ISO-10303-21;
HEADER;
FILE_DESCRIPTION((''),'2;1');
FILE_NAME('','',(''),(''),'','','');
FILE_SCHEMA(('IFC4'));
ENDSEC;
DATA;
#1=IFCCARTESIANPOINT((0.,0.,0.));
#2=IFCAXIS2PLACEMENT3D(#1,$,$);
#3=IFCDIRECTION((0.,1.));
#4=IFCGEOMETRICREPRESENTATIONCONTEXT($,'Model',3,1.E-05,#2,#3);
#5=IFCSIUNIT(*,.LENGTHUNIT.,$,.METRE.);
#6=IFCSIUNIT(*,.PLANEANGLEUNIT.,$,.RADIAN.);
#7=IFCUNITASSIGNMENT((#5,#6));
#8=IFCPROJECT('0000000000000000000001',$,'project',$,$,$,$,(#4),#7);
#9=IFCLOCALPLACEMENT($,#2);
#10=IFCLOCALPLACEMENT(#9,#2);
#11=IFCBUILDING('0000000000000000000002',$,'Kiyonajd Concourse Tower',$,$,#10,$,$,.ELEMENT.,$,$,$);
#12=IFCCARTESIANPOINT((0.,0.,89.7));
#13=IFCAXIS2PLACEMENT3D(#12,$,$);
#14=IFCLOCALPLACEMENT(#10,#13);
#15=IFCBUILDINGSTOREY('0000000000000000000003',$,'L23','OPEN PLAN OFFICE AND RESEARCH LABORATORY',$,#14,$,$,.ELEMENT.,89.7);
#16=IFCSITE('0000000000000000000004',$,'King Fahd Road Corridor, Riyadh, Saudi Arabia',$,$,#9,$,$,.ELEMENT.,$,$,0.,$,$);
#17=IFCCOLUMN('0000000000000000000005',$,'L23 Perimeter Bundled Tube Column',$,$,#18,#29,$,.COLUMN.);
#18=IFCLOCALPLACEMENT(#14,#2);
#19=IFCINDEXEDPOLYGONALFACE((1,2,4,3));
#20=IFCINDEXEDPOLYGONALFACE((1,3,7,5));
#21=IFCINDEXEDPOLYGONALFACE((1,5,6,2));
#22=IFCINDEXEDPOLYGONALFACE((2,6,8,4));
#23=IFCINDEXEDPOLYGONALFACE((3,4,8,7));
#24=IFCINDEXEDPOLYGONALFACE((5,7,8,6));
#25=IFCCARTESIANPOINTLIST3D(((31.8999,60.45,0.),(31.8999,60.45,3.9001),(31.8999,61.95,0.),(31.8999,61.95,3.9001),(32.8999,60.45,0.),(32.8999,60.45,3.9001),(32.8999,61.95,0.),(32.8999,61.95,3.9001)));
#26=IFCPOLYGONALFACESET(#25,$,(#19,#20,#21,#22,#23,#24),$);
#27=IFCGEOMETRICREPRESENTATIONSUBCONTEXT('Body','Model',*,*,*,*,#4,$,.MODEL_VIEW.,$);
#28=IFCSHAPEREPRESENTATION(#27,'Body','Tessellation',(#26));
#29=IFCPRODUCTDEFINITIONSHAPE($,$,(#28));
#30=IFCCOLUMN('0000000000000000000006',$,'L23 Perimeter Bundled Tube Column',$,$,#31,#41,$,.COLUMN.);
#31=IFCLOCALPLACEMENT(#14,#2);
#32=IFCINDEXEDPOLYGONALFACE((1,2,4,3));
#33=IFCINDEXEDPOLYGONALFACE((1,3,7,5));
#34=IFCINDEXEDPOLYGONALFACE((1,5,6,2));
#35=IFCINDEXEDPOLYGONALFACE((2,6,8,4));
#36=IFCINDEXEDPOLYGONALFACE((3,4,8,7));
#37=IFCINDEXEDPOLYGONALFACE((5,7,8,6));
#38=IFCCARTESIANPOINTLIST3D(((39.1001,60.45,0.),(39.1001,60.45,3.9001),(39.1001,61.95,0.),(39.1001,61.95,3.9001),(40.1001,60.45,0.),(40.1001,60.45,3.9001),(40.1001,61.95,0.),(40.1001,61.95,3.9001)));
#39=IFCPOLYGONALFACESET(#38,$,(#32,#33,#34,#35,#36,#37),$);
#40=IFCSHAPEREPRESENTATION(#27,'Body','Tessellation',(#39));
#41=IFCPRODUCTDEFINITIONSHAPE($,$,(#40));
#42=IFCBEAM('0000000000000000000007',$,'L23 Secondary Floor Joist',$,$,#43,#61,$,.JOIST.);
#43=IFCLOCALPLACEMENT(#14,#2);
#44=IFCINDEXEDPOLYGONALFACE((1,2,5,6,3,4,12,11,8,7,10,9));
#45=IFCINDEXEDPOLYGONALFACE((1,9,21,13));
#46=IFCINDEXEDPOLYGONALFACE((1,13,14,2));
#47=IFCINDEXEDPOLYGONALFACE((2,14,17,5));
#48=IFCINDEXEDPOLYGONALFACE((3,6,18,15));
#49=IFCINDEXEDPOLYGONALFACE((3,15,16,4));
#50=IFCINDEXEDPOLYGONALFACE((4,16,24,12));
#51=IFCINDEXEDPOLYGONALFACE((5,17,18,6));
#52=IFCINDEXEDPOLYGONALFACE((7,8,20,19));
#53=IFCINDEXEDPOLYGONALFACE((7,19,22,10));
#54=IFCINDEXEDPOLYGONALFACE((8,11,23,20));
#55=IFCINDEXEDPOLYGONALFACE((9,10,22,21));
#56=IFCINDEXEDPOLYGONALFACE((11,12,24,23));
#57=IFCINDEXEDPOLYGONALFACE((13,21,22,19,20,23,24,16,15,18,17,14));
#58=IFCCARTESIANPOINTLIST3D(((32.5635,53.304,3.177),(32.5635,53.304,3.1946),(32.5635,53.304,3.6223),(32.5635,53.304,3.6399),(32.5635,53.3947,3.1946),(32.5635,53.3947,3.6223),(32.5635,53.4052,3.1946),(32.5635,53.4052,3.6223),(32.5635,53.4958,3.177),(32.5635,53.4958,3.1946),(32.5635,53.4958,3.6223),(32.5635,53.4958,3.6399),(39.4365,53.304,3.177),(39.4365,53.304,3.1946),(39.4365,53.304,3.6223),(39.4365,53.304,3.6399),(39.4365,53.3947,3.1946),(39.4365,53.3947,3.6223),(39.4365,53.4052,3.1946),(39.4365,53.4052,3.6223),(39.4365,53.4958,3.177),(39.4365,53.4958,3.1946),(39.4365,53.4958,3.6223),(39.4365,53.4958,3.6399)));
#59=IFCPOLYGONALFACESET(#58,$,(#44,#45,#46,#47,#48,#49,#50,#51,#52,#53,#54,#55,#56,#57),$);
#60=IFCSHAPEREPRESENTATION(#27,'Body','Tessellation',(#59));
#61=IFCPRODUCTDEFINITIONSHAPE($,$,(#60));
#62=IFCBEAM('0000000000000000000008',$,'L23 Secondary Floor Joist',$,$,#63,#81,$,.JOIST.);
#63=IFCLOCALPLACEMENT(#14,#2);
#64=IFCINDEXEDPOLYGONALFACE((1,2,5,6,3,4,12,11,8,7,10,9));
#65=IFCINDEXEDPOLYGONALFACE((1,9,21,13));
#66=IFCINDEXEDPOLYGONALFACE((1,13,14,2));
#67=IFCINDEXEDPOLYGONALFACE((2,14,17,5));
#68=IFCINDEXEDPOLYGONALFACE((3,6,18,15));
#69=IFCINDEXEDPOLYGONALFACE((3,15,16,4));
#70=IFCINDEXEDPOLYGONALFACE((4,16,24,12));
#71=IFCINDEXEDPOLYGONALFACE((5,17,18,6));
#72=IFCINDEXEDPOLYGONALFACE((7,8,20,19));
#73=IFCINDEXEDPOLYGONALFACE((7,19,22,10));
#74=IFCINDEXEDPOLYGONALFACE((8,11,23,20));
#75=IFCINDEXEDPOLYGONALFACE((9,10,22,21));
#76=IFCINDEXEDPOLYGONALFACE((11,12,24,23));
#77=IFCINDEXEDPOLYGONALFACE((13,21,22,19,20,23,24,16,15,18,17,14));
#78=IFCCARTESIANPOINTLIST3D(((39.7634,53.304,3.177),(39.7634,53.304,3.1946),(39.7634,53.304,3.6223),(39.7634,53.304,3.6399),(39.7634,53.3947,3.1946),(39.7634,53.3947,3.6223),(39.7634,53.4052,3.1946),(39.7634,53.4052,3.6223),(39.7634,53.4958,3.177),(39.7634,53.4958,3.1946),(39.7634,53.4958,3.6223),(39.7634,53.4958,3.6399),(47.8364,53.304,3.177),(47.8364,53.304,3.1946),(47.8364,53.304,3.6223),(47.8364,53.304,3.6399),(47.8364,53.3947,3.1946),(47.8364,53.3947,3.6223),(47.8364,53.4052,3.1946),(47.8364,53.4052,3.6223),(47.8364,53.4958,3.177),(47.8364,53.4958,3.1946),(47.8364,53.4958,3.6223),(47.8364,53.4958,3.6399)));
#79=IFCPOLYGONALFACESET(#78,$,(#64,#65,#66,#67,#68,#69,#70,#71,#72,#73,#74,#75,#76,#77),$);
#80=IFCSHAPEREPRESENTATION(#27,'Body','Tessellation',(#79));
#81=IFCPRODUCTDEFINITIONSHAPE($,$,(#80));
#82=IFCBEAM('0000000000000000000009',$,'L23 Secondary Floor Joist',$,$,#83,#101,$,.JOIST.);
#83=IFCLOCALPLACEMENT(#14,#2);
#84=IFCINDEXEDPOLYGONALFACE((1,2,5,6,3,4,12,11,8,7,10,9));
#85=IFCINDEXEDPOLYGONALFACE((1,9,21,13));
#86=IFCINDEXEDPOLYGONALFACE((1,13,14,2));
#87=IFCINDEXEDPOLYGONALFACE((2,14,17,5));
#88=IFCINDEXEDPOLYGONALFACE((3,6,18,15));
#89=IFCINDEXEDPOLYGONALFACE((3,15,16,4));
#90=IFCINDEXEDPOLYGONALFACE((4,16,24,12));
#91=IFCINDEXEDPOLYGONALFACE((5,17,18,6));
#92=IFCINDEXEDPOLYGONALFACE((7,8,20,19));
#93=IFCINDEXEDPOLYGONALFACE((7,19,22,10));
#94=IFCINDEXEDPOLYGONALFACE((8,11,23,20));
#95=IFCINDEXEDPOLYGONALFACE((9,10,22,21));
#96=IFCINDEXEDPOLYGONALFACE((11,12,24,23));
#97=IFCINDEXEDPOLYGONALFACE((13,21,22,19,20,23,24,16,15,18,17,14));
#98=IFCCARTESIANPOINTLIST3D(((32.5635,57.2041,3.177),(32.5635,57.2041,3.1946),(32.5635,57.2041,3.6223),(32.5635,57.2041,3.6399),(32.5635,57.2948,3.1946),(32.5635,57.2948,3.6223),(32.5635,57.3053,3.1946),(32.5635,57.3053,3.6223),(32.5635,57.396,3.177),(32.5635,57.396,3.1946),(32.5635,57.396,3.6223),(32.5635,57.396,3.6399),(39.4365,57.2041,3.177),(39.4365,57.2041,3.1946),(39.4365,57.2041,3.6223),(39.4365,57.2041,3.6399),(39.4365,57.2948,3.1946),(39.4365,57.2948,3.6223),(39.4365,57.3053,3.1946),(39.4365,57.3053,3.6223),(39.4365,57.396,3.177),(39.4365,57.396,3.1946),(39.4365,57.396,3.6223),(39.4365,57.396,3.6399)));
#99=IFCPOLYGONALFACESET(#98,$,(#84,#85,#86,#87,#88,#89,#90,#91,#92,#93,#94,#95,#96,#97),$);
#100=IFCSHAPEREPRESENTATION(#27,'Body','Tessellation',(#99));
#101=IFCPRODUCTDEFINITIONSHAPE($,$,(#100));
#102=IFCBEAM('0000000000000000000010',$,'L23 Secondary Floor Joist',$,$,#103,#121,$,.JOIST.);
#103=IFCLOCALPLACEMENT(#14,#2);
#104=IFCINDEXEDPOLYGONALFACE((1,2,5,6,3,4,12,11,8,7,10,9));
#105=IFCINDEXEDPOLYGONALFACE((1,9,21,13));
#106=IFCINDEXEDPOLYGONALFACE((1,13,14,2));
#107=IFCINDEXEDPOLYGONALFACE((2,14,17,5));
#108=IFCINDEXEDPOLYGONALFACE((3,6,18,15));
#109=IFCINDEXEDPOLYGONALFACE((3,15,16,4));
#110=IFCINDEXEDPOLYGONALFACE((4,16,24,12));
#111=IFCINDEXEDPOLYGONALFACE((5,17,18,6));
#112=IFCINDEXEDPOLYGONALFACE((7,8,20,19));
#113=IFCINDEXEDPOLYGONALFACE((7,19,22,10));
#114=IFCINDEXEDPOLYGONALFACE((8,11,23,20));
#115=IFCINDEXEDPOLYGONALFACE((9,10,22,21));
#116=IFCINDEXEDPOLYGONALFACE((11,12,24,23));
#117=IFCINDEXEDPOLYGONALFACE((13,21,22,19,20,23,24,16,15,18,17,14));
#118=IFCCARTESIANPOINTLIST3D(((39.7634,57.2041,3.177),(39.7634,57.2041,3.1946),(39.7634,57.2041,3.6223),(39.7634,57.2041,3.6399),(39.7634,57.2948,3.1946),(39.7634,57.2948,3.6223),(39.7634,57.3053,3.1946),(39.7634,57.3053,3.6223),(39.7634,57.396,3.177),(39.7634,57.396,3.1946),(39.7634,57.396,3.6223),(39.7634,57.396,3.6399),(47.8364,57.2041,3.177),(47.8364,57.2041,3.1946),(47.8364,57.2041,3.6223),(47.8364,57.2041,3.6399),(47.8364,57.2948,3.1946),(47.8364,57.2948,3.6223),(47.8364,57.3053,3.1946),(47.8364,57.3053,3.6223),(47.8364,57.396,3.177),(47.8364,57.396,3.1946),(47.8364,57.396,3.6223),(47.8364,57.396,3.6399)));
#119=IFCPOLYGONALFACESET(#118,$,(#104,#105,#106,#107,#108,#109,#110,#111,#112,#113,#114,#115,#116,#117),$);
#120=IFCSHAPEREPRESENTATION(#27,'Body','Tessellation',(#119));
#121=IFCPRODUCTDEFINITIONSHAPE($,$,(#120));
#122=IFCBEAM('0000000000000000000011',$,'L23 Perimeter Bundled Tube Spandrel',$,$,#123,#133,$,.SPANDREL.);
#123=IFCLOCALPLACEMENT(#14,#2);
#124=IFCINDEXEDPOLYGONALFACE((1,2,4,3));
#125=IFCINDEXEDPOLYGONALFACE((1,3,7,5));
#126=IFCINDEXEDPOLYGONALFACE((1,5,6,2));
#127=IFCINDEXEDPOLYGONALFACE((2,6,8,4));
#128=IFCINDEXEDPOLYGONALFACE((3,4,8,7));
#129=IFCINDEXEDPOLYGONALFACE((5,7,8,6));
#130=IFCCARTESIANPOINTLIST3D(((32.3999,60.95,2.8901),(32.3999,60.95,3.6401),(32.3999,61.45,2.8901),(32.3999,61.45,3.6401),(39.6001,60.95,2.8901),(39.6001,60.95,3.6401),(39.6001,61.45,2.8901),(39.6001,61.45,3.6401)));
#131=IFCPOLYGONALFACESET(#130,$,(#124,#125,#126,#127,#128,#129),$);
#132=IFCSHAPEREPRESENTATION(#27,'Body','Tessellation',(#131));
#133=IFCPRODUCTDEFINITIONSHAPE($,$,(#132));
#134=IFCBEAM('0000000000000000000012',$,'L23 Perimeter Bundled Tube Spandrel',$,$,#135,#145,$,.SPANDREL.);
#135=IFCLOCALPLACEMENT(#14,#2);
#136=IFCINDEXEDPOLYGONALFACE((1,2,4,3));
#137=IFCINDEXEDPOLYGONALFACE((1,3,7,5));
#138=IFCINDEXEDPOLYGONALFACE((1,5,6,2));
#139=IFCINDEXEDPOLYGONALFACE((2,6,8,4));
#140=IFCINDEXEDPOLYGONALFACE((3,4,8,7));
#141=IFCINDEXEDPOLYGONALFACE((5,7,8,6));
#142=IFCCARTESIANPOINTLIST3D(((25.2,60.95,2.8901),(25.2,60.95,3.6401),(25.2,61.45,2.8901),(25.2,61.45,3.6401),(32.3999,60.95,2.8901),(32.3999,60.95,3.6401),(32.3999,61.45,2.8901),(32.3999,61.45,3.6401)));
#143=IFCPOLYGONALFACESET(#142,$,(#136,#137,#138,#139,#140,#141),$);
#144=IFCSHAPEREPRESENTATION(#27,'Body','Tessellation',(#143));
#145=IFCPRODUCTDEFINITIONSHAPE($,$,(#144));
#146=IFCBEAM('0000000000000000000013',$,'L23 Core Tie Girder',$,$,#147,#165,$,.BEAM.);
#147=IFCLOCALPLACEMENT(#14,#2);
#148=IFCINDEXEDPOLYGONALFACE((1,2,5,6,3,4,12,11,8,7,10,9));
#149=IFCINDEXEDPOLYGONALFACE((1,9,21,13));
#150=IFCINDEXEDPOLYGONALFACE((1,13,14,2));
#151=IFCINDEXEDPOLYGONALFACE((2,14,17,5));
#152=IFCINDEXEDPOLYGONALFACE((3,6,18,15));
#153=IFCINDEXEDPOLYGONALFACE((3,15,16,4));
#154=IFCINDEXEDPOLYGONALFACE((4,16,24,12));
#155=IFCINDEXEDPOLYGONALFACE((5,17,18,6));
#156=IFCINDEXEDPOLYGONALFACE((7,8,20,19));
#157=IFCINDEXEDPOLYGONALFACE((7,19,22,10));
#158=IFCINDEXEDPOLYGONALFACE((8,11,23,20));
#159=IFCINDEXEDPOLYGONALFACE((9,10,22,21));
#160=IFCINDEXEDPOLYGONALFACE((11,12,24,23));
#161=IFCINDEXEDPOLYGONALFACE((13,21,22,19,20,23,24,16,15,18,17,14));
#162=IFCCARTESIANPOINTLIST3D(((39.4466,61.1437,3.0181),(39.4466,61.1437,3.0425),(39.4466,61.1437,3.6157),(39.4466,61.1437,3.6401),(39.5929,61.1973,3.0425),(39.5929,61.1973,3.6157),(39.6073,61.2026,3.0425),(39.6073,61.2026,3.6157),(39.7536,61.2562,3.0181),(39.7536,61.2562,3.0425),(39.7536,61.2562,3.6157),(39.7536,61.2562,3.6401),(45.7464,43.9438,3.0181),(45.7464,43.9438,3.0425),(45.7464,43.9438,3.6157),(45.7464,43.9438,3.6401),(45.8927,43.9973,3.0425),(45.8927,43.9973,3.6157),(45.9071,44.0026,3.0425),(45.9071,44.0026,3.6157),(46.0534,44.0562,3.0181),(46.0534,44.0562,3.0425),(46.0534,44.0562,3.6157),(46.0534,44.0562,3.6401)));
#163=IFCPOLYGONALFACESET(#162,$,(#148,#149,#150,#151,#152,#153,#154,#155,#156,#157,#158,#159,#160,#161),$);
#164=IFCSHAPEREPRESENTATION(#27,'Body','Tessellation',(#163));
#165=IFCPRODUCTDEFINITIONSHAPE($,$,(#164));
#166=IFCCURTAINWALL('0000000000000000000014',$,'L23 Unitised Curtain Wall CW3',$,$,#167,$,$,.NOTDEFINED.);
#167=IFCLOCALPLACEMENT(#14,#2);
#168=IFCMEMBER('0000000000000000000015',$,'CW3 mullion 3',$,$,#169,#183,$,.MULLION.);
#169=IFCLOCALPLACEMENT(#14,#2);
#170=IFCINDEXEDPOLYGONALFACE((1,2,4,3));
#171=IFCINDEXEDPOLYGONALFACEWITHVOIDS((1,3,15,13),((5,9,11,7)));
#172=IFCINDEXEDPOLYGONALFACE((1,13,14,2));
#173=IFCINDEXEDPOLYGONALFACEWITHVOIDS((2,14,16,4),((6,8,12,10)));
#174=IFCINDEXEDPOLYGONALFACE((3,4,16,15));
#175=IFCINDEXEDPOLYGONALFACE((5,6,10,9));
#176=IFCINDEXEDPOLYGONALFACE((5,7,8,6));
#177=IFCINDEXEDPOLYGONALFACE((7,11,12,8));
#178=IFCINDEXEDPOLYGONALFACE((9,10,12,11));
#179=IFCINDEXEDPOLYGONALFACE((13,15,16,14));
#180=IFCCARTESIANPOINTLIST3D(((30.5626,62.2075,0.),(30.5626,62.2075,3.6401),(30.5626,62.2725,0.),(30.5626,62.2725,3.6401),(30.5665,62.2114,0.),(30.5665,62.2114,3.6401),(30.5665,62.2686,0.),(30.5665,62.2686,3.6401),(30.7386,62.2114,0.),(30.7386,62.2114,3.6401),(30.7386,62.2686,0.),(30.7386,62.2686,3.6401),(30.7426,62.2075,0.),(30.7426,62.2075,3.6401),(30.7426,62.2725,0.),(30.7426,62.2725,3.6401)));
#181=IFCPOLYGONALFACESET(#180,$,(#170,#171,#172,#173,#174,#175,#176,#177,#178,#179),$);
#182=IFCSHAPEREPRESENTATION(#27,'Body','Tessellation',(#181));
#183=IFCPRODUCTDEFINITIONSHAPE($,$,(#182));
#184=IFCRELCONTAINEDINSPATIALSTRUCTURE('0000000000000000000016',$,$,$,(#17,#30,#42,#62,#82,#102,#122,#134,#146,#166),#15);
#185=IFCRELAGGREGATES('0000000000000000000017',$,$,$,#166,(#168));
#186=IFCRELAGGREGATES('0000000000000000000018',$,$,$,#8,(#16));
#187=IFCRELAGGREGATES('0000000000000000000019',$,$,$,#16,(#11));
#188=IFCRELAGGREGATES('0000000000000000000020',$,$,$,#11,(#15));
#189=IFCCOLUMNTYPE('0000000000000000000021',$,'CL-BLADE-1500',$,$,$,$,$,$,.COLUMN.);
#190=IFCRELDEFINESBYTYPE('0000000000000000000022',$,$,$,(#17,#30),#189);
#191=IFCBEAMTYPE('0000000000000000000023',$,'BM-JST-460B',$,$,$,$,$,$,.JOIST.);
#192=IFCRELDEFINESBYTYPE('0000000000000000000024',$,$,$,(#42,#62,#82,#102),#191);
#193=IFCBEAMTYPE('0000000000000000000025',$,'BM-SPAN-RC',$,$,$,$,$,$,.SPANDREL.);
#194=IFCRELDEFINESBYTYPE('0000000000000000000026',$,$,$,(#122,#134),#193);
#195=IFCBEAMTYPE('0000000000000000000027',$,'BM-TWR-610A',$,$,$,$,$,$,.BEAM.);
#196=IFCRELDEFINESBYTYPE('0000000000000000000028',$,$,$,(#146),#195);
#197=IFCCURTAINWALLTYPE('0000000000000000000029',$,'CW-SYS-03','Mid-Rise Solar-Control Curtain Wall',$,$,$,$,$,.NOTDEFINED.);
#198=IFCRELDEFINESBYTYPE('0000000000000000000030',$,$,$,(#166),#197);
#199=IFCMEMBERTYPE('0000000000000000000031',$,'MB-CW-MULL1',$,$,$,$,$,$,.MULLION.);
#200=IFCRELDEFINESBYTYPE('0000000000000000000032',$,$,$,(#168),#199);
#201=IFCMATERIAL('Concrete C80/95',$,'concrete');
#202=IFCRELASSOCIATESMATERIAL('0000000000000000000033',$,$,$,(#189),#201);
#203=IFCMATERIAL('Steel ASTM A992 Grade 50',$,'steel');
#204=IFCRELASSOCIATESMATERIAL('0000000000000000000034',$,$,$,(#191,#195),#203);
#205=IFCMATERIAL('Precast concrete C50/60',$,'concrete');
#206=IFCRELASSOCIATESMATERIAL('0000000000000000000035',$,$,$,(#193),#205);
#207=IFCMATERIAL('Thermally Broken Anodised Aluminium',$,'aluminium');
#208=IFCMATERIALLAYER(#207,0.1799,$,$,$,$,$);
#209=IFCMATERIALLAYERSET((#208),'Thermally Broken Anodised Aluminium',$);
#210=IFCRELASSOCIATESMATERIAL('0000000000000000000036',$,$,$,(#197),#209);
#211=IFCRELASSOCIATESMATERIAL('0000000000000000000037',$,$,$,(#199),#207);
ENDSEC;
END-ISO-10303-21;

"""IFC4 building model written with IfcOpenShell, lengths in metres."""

from ifc_helpers import new_model, si_unit, direction, frame, origin, origin_2d, place, context, subcontext, project, spatial, rectangle, hollow_rectangle, i_section, extrude, material, layer, layer_set, material_profile, profile_set, type_object, element, aggregate, save


model = new_model("IFC4")

# Units and contexts
model_context = context("Model", 3, precision=1e-05, world=origin(), true_north=direction((0.0, 1.0)))
body_context = subcontext(model_context, "Body", "Model", "MODEL_VIEW")
ifc_project = project(units=[si_unit("LENGTHUNIT", "METRE"), si_unit("PLANEANGLEUNIT", "RADIAN")], contexts=[model_context])

# Site, building, storey
site_placement = place(None, origin())
site = spatial("IfcSite", under=ifc_project, at=site_placement, Name="King Fahd Road Corridor, Riyadh, Saudi Arabia", CompositionType="ELEMENT", RefElevation=0.0)
building_placement = place(site_placement, origin())
building = spatial("IfcBuilding", under=site, at=building_placement, Name="Kiyonajd Concourse Tower", CompositionType="ELEMENT")
storey_placement = place(building_placement, frame((0.0, 0.0, 89.7)))
storey = spatial("IfcBuildingStorey", under=building, at=storey_placement, Name="L23", Description="OPEN PLAN OFFICE AND RESEARCH LABORATORY", CompositionType="ELEMENT", Elevation=89.7)

# Columns
ifc_material_1 = material(Name="Concrete C80/95", Category="concrete")
ifc_material_profile_1 = material_profile(ifc_material_1, rectangle(XDim=1.0, YDim=1.5, at=origin_2d()), Name="RC-1500x1000")
ifc_profile_set_1 = profile_set([ifc_material_profile_1], Name="Concrete C80/95")
column_type = type_object("IfcColumnType", Name="CL-BLADE-1500", PredefinedType="COLUMN", material=ifc_profile_set_1)
for number, where, z_axis, x_axis, name in (
    (1, (32.3999, 61.2, 0.0), (0.0, 0.0, 1.0), (1.0, 0.0, 0.0), "L23 Perimeter Bundled Tube Column"),
    (2, (39.6001, 61.2, 0.0), (0.0, 0.0, 1.0), (1.0, 0.0, 0.0), "L23 Perimeter Bundled Tube Column"),
):
    element("IfcColumn", number, at=place(storey_placement, frame(where, z_axis=z_axis, x_axis=x_axis)), inside=storey, type_object=column_type, Name=name, PredefinedType="COLUMN", context=body_context, shape_type="SweptSolid", body=[
        extrude(rectangle(XDim=1.0, YDim=1.5, at=origin_2d()), origin(), (0.0, 0.0, 1.0), 3.9001),
    ])

# Beams
ifc_material_2 = material(Name="Steel ASTM A992 Grade 50", Category="steel")
ifc_material_profile_2 = material_profile(ifc_material_2, i_section(OverallWidth=0.1919, OverallDepth=0.4629, WebThickness=0.0105, FlangeThickness=0.0176, at=origin_2d()), Name="W460X89")
ifc_profile_set_2 = profile_set([ifc_material_profile_2], Name="Steel ASTM A992 Grade 50")
beam_type_1 = type_object("IfcBeamType", Name="BM-JST-460B", PredefinedType="JOIST", material=ifc_profile_set_2)
beam_1_placement = place(storey_placement, frame((32.5635, 53.3999, 3.4084), z_axis=(1.0, 0.0, 0.0), x_axis=(0.0, 1.0, 0.0)))
element("IfcBeam", 3, at=beam_1_placement, inside=storey, type_object=beam_type_1, Name="L23 Secondary Floor Joist", PredefinedType="JOIST", context=body_context, shape_type="SweptSolid", body=[
    extrude(i_section(OverallWidth=0.1919, OverallDepth=0.4629, WebThickness=0.0105, FlangeThickness=0.0176, at=origin_2d()), origin(), (0.0, 0.0, 1.0), 6.873),
])
beam_2_placement = place(storey_placement, frame((39.7634, 53.3999, 3.4084), z_axis=(1.0, 0.0, 0.0), x_axis=(0.0, 1.0, 0.0)))
element("IfcBeam", 4, at=beam_2_placement, inside=storey, type_object=beam_type_1, Name="L23 Secondary Floor Joist", PredefinedType="JOIST", context=body_context, shape_type="SweptSolid", body=[
    extrude(i_section(OverallWidth=0.1919, OverallDepth=0.4629, WebThickness=0.0105, FlangeThickness=0.0176, at=origin_2d()), origin(), (0.0, 0.0, 1.0), 8.073),
])
beam_3_placement = place(storey_placement, frame((32.5635, 57.3, 3.4084), z_axis=(1.0, 0.0, 0.0), x_axis=(0.0, 1.0, 0.0)))
element("IfcBeam", 5, at=beam_3_placement, inside=storey, type_object=beam_type_1, Name="L23 Secondary Floor Joist", PredefinedType="JOIST", context=body_context, shape_type="SweptSolid", body=[
    extrude(i_section(OverallWidth=0.1919, OverallDepth=0.4629, WebThickness=0.0105, FlangeThickness=0.0176, at=origin_2d()), origin(), (0.0, 0.0, 1.0), 6.873),
])
beam_4_placement = place(storey_placement, frame((39.7634, 57.3, 3.4084), z_axis=(1.0, 0.0, 0.0), x_axis=(0.0, 1.0, 0.0)))
element("IfcBeam", 6, at=beam_4_placement, inside=storey, type_object=beam_type_1, Name="L23 Secondary Floor Joist", PredefinedType="JOIST", context=body_context, shape_type="SweptSolid", body=[
    extrude(i_section(OverallWidth=0.1919, OverallDepth=0.4629, WebThickness=0.0105, FlangeThickness=0.0176, at=origin_2d()), origin(), (0.0, 0.0, 1.0), 8.073),
])
ifc_material_3 = material(Name="Precast concrete C50/60", Category="concrete")
ifc_material_profile_3 = material_profile(ifc_material_3, rectangle(XDim=0.5, YDim=0.75, at=origin_2d()), Name="RCBM-500x750")
ifc_profile_set_3 = profile_set([ifc_material_profile_3], Name="Precast concrete C50/60")
beam_type_2 = type_object("IfcBeamType", Name="BM-SPAN-RC", PredefinedType="SPANDREL", material=ifc_profile_set_3)
beam_5_placement = place(storey_placement, frame((39.6001, 61.2, 3.2651), z_axis=(-1.0, 0.0, 0.0), x_axis=(0.0, -1.0, 0.0)))
element("IfcBeam", 7, at=beam_5_placement, inside=storey, type_object=beam_type_2, Name="L23 Perimeter Bundled Tube Spandrel", PredefinedType="SPANDREL", context=body_context, shape_type="SweptSolid", body=[
    extrude(rectangle(XDim=0.5, YDim=0.75, at=origin_2d()), origin(), (0.0, 0.0, 1.0), 7.2002),
])
beam_6_placement = place(storey_placement, frame((32.3999, 61.2, 3.2651), z_axis=(-1.0, 0.0, 0.0), x_axis=(0.0, -1.0, 0.0)))
element("IfcBeam", 8, at=beam_6_placement, inside=storey, type_object=beam_type_2, Name="L23 Perimeter Bundled Tube Spandrel", PredefinedType="SPANDREL", context=body_context, shape_type="SweptSolid", body=[
    extrude(rectangle(XDim=0.5, YDim=0.75, at=origin_2d()), origin(), (0.0, 0.0, 1.0), 7.2),
])
ifc_material_profile_4 = material_profile(ifc_material_2, i_section(OverallWidth=0.3269, OverallDepth=0.6221, WebThickness=0.0154, FlangeThickness=0.0244, at=origin_2d()), Name="W610X195")
ifc_profile_set_4 = profile_set([ifc_material_profile_4], Name="Steel ASTM A992 Grade 50")
beam_type_3 = type_object("IfcBeamType", Name="BM-TWR-610A", PredefinedType="BEAM", material=ifc_profile_set_4)
beam_7_placement = place(storey_placement, frame((39.6001, 61.2, 3.3291), z_axis=(0.343925, -0.938997, 0.0), x_axis=(0.938997, 0.343925, 0.0)))
element("IfcBeam", 9, at=beam_7_placement, inside=storey, type_object=beam_type_3, Name="L23 Core Tie Girder", PredefinedType="BEAM", context=body_context, shape_type="SweptSolid", body=[
    extrude(i_section(OverallWidth=0.3269, OverallDepth=0.6221, WebThickness=0.0154, FlangeThickness=0.0244, at=origin_2d()), origin(), (0.0, 0.0, 1.0), 18.3174),
])

# Curtain wall, member
ifc_material_4 = material(Name="Thermally Broken Anodised Aluminium", Category="aluminium")
ifc_layer_1 = layer(ifc_material_4, 0.1799)
ifc_layer_set_1 = layer_set([ifc_layer_1], Name="Thermally Broken Anodised Aluminium")
curtain_wall_type = type_object("IfcCurtainWallType", Name="CW-SYS-03", Description="Mid-Rise Solar-Control Curtain Wall", PredefinedType="NOTDEFINED", material=ifc_layer_set_1)
curtain_wall_placement = place(storey_placement, origin())
curtain_wall = element("IfcCurtainWall", 10, at=curtain_wall_placement, inside=storey, type_object=curtain_wall_type, Name="L23 Unitised Curtain Wall CW3", PredefinedType="NOTDEFINED")
ifc_material_profile_5 = material_profile(ifc_material_4, hollow_rectangle(XDim=0.0649, YDim=0.1799, WallThickness=0.0039, at=origin_2d()), Name="MULL-65x180")
ifc_profile_set_5 = profile_set([ifc_material_profile_5], Name="Thermally Broken Anodised Aluminium")
member_type_1 = type_object("IfcMemberType", Name="MB-CW-MULL1", PredefinedType="MULLION", material=ifc_profile_set_5)
member_1_placement = place(storey_placement, frame((30.6526, 62.24, 0.0), z_axis=(0.0, 0.0, 1.0), x_axis=(0.0, 1.0, 0.0)))
member_1 = element("IfcMember", 11, at=member_1_placement, type_object=member_type_1, Name="CW3 mullion 3", PredefinedType="MULLION", context=body_context, shape_type="SweptSolid", body=[
    extrude(hollow_rectangle(XDim=0.0649, YDim=0.1799, WallThickness=0.0039, at=origin_2d()), origin(), (0.0, 0.0, 1.0), 3.6401),
])
aggregate(curtain_wall, [member_1])

save(model, "model.ifc")
